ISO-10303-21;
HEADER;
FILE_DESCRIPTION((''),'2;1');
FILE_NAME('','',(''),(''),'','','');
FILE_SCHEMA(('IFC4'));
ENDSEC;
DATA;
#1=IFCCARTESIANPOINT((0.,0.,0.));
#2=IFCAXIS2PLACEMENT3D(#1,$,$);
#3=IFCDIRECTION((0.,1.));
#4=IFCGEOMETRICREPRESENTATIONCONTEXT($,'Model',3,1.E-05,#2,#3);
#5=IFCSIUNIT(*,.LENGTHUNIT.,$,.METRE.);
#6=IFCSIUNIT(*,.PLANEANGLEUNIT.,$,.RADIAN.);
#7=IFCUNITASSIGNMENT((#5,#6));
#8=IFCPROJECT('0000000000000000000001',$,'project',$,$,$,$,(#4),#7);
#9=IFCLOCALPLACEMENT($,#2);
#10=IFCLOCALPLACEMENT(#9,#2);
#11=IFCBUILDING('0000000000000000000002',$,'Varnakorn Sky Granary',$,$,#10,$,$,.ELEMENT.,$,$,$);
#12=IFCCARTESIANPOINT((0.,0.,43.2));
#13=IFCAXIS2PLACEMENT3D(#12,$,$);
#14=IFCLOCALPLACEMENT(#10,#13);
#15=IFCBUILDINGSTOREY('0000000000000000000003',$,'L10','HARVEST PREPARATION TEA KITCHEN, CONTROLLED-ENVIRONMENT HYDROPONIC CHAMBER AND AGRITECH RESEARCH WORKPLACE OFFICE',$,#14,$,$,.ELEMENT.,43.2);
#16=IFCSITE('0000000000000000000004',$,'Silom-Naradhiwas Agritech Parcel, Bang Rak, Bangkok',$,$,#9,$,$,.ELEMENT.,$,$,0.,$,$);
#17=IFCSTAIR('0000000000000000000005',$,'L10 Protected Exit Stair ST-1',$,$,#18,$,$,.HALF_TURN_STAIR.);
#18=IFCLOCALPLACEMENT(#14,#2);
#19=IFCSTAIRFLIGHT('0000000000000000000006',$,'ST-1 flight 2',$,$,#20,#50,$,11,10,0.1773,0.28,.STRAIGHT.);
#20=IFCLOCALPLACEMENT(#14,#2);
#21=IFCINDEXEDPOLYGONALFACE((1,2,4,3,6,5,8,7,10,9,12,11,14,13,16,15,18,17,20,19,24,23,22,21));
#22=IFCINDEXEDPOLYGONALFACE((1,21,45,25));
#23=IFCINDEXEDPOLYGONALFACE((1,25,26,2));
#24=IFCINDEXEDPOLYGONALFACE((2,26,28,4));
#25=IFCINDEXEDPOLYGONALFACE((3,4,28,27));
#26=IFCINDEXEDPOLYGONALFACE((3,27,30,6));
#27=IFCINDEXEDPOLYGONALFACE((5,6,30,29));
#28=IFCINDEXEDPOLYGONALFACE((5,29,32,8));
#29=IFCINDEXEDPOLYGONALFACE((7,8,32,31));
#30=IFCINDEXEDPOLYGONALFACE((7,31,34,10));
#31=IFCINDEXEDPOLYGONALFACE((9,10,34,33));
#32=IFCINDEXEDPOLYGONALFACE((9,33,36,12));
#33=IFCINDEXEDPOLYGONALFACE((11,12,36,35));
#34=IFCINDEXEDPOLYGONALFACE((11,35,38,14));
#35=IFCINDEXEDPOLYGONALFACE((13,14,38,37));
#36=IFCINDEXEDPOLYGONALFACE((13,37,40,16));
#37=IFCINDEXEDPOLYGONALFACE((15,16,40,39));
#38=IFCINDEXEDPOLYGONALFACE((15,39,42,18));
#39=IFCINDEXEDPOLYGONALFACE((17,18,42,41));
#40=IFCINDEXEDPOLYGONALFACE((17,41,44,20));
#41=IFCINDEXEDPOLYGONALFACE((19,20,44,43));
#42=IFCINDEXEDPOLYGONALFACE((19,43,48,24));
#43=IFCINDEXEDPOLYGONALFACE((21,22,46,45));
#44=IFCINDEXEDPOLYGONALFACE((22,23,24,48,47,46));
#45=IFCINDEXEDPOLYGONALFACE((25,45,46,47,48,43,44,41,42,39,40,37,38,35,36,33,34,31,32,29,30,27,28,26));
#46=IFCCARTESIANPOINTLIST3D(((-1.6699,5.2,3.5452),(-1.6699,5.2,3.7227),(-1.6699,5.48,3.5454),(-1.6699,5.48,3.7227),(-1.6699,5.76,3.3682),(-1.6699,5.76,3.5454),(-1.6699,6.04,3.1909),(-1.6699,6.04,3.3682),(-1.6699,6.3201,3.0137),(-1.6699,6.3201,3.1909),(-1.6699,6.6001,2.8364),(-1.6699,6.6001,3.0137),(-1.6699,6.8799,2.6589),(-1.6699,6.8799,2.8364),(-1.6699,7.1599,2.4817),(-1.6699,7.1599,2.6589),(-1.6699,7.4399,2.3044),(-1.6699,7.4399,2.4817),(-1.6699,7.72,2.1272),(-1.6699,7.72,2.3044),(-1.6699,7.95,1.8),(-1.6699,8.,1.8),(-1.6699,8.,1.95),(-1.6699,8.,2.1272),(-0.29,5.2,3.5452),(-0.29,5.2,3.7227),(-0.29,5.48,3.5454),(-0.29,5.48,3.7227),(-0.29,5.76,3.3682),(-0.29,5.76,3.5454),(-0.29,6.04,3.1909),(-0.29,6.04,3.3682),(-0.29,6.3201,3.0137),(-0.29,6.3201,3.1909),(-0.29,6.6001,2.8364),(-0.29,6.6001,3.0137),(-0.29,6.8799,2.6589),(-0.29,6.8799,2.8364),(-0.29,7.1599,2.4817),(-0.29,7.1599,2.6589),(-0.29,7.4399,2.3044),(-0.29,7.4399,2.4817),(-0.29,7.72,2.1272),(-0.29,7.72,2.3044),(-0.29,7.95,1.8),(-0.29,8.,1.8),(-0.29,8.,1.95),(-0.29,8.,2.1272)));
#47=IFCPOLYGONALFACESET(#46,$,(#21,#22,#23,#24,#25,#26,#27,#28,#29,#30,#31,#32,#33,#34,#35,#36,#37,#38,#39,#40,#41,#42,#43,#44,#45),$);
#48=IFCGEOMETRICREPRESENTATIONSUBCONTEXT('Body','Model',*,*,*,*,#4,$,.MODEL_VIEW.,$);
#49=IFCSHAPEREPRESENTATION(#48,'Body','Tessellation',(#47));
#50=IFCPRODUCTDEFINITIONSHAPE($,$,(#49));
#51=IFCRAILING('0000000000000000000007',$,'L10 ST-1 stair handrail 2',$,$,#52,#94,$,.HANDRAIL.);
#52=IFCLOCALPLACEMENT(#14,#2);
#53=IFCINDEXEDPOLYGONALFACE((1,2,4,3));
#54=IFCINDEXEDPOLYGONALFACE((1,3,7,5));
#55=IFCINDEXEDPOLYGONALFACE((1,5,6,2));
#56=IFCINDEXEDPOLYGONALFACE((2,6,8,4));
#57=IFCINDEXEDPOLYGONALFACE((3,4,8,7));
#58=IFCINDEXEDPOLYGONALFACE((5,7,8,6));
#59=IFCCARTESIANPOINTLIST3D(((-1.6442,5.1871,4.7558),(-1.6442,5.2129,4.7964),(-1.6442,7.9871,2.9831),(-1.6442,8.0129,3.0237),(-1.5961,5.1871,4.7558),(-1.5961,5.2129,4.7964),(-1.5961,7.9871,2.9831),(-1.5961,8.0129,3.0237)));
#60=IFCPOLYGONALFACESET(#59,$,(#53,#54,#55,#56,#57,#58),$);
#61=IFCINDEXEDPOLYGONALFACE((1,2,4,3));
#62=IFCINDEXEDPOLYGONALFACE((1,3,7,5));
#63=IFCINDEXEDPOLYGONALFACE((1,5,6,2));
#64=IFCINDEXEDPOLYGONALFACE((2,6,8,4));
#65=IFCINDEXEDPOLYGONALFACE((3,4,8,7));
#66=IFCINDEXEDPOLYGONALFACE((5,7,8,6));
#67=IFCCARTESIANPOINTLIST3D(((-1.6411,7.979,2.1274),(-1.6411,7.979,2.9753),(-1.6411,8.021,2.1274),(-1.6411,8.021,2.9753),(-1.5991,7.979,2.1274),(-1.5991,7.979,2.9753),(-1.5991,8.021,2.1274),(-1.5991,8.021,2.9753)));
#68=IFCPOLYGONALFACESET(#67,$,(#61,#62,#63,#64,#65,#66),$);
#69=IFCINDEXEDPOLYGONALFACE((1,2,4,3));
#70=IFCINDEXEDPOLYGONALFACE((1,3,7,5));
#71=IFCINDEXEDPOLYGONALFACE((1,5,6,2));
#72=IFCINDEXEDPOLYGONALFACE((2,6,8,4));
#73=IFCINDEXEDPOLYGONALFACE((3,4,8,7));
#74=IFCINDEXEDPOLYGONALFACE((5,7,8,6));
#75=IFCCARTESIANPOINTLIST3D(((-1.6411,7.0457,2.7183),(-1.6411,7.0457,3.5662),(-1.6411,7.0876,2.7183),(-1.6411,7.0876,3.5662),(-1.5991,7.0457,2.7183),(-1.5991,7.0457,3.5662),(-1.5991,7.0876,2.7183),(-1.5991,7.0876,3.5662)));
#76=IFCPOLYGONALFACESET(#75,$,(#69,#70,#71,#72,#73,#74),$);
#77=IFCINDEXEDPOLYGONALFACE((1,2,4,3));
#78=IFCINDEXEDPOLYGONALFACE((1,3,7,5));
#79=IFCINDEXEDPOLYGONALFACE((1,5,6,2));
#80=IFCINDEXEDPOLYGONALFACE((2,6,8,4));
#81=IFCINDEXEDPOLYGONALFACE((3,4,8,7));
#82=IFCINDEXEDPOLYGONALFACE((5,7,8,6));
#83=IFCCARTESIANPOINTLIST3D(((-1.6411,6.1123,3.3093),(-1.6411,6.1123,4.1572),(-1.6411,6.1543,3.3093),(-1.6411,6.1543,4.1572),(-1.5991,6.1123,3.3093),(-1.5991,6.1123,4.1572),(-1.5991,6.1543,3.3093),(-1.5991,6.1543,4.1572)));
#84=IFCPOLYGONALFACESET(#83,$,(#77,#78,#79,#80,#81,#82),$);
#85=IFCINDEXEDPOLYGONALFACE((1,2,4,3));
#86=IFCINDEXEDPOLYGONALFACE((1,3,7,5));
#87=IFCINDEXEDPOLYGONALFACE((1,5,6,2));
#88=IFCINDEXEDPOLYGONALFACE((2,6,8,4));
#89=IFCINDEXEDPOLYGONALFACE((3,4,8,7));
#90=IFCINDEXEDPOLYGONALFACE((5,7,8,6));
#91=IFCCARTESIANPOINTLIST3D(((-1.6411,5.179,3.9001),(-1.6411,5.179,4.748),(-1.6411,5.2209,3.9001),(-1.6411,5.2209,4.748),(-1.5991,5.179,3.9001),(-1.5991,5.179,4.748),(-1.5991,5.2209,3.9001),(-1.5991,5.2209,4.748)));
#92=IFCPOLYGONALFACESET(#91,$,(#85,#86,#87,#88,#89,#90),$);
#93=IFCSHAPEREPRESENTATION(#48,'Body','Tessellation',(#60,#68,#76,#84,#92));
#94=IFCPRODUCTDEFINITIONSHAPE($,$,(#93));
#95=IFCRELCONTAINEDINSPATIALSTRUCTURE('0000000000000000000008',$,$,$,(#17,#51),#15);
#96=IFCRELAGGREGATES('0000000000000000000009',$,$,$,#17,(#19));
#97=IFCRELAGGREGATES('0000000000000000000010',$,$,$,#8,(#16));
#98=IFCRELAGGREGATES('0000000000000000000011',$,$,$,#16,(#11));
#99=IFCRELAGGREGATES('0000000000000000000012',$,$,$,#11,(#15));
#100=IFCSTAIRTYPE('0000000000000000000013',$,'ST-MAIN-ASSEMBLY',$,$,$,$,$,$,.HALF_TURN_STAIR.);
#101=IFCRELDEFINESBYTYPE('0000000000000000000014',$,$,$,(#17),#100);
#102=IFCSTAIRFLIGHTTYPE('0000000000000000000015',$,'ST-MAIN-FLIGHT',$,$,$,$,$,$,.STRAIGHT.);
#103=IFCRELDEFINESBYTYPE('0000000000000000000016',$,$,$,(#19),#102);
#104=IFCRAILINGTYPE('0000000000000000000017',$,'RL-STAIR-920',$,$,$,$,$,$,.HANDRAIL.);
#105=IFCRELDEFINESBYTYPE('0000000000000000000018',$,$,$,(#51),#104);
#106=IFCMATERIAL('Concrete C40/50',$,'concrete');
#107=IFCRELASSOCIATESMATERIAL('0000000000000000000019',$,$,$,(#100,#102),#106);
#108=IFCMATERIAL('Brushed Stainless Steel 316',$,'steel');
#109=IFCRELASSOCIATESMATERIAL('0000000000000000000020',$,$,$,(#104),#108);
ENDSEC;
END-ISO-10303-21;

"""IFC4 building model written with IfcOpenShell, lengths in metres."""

from ifc_helpers import new_model, si_unit, direction, frame, origin, origin_2d, place, context, subcontext, project, spatial, polyline, rectangle, outline, extrude, material, type_object, element, aggregate, save


model = new_model("IFC4")

# Units and contexts
model_context = context("Model", 3, precision=1e-05, world=origin(), true_north=direction((0.0, 1.0)))
body_context = subcontext(model_context, "Body", "Model", "MODEL_VIEW")
ifc_project = project(units=[si_unit("LENGTHUNIT", "METRE"), si_unit("PLANEANGLEUNIT", "RADIAN")], contexts=[model_context])

# Site, building, storey
site_placement = place(None, origin())
site = spatial("IfcSite", under=ifc_project, at=site_placement, Name="Silom-Naradhiwas Agritech Parcel, Bang Rak, Bangkok", CompositionType="ELEMENT", RefElevation=0.0)
building_placement = place(site_placement, origin())
building = spatial("IfcBuilding", under=site, at=building_placement, Name="Varnakorn Sky Granary", CompositionType="ELEMENT")
storey_placement = place(building_placement, frame((0.0, 0.0, 43.2)))
storey = spatial("IfcBuildingStorey", under=building, at=storey_placement, Name="L10", Description="HARVEST PREPARATION TEA KITCHEN, CONTROLLED-ENVIRONMENT HYDROPONIC CHAMBER AND AGRITECH RESEARCH WORKPLACE OFFICE", CompositionType="ELEMENT", Elevation=43.2)

# Stair, stair flight
ifc_material_1 = material(Name="Concrete C40/50", Category="concrete")
stair_type = type_object("IfcStairType", Name="ST-MAIN-ASSEMBLY", PredefinedType="HALF_TURN_STAIR", material=ifc_material_1)
stair_placement = place(storey_placement, origin())
stair = element("IfcStair", 1, at=stair_placement, inside=storey, type_object=stair_type, Name="L10 Protected Exit Stair ST-1", PredefinedType="HALF_TURN_STAIR")
stair_flight_type = type_object("IfcStairFlightType", Name="ST-MAIN-FLIGHT", PredefinedType="STRAIGHT", material=ifc_material_1)
stair_flight_placement = place(storey_placement, frame((-0.98, 8.0, 1.95), z_axis=(0.0, 0.0, 1.0), x_axis=(0.0, -1.0, 0.0)))
stair_flight = element("IfcStairFlight", 2, at=stair_flight_placement, type_object=stair_flight_type, Name="ST-1 flight 2", NumberOfRisers=11, NumberOfTreads=10, PredefinedType="STRAIGHT", RiserHeight=0.1773, TreadLength=0.28, context=body_context, shape_type="SweptSolid", body=[
    extrude(outline(polyline([(0.0, -0.1499), (0.0, 0.0), (0.0, 0.1772), (0.28, 0.1772), (0.28, 0.3545), (0.5601, 0.3545), (0.5601, 0.5317), (0.8401, 0.5317), (0.8401, 0.709), (1.1201, 0.709), (1.1201, 0.8865), (1.3999, 0.8865), (1.3999, 1.0637), (1.6799, 1.0637), (1.6799, 1.241), (1.96, 1.241), (1.96, 1.4182), (2.24, 1.4182), (2.24, 1.5955), (2.52, 1.5955), (2.52, 1.7727), (2.8, 1.7727), (2.8, 1.95), (2.8, 1.5952), (0.05, -0.1499), (0.0, -0.1499)])), frame((0.0, 0.6899, 0.0), z_axis=(0.0, -1.0, 0.0), x_axis=(1.0, 0.0, 0.0)), (0.0, 0.0, 1.0), 1.3799),
])
aggregate(stair, [stair_flight])

# Railing
ifc_material_2 = material(Name="Brushed Stainless Steel 316", Category="steel")
railing_type = type_object("IfcRailingType", Name="RL-STAIR-920", PredefinedType="HANDRAIL", material=ifc_material_2)
railing_placement = place(storey_placement, frame((-1.6201, 8.0, 2.1274)))
element("IfcRailing", 3, at=railing_placement, inside=storey, type_object=railing_type, Name="L10 ST-1 stair handrail 2", PredefinedType="HANDRAIL", context=body_context, shape_type="SweptSolid", body=[
    extrude(rectangle(XDim=0.0481, YDim=0.0481, at=origin_2d()), frame((0.0, 0.0, 0.876), z_axis=(0.0, -0.844909, 0.53491), x_axis=(1.0, 0.0, 0.0)), (0.0, 0.0, 1.0), 3.314),
    extrude(rectangle(XDim=0.042, YDim=0.042, at=origin_2d()), origin(), (0.0, 0.0, 1.0), 0.8479),
    extrude(rectangle(XDim=0.042, YDim=0.042, at=origin_2d()), frame((0.0, -0.9333, 0.5908)), (0.0, 0.0, 1.0), 0.8479),
    extrude(rectangle(XDim=0.042, YDim=0.042, at=origin_2d()), frame((0.0, -1.8667, 1.1819)), (0.0, 0.0, 1.0), 0.8479),
    extrude(rectangle(XDim=0.042, YDim=0.042, at=origin_2d()), frame((0.0, -2.8, 1.7727)), (0.0, 0.0, 1.0), 0.8479),
])

save(model, "model.ifc")
